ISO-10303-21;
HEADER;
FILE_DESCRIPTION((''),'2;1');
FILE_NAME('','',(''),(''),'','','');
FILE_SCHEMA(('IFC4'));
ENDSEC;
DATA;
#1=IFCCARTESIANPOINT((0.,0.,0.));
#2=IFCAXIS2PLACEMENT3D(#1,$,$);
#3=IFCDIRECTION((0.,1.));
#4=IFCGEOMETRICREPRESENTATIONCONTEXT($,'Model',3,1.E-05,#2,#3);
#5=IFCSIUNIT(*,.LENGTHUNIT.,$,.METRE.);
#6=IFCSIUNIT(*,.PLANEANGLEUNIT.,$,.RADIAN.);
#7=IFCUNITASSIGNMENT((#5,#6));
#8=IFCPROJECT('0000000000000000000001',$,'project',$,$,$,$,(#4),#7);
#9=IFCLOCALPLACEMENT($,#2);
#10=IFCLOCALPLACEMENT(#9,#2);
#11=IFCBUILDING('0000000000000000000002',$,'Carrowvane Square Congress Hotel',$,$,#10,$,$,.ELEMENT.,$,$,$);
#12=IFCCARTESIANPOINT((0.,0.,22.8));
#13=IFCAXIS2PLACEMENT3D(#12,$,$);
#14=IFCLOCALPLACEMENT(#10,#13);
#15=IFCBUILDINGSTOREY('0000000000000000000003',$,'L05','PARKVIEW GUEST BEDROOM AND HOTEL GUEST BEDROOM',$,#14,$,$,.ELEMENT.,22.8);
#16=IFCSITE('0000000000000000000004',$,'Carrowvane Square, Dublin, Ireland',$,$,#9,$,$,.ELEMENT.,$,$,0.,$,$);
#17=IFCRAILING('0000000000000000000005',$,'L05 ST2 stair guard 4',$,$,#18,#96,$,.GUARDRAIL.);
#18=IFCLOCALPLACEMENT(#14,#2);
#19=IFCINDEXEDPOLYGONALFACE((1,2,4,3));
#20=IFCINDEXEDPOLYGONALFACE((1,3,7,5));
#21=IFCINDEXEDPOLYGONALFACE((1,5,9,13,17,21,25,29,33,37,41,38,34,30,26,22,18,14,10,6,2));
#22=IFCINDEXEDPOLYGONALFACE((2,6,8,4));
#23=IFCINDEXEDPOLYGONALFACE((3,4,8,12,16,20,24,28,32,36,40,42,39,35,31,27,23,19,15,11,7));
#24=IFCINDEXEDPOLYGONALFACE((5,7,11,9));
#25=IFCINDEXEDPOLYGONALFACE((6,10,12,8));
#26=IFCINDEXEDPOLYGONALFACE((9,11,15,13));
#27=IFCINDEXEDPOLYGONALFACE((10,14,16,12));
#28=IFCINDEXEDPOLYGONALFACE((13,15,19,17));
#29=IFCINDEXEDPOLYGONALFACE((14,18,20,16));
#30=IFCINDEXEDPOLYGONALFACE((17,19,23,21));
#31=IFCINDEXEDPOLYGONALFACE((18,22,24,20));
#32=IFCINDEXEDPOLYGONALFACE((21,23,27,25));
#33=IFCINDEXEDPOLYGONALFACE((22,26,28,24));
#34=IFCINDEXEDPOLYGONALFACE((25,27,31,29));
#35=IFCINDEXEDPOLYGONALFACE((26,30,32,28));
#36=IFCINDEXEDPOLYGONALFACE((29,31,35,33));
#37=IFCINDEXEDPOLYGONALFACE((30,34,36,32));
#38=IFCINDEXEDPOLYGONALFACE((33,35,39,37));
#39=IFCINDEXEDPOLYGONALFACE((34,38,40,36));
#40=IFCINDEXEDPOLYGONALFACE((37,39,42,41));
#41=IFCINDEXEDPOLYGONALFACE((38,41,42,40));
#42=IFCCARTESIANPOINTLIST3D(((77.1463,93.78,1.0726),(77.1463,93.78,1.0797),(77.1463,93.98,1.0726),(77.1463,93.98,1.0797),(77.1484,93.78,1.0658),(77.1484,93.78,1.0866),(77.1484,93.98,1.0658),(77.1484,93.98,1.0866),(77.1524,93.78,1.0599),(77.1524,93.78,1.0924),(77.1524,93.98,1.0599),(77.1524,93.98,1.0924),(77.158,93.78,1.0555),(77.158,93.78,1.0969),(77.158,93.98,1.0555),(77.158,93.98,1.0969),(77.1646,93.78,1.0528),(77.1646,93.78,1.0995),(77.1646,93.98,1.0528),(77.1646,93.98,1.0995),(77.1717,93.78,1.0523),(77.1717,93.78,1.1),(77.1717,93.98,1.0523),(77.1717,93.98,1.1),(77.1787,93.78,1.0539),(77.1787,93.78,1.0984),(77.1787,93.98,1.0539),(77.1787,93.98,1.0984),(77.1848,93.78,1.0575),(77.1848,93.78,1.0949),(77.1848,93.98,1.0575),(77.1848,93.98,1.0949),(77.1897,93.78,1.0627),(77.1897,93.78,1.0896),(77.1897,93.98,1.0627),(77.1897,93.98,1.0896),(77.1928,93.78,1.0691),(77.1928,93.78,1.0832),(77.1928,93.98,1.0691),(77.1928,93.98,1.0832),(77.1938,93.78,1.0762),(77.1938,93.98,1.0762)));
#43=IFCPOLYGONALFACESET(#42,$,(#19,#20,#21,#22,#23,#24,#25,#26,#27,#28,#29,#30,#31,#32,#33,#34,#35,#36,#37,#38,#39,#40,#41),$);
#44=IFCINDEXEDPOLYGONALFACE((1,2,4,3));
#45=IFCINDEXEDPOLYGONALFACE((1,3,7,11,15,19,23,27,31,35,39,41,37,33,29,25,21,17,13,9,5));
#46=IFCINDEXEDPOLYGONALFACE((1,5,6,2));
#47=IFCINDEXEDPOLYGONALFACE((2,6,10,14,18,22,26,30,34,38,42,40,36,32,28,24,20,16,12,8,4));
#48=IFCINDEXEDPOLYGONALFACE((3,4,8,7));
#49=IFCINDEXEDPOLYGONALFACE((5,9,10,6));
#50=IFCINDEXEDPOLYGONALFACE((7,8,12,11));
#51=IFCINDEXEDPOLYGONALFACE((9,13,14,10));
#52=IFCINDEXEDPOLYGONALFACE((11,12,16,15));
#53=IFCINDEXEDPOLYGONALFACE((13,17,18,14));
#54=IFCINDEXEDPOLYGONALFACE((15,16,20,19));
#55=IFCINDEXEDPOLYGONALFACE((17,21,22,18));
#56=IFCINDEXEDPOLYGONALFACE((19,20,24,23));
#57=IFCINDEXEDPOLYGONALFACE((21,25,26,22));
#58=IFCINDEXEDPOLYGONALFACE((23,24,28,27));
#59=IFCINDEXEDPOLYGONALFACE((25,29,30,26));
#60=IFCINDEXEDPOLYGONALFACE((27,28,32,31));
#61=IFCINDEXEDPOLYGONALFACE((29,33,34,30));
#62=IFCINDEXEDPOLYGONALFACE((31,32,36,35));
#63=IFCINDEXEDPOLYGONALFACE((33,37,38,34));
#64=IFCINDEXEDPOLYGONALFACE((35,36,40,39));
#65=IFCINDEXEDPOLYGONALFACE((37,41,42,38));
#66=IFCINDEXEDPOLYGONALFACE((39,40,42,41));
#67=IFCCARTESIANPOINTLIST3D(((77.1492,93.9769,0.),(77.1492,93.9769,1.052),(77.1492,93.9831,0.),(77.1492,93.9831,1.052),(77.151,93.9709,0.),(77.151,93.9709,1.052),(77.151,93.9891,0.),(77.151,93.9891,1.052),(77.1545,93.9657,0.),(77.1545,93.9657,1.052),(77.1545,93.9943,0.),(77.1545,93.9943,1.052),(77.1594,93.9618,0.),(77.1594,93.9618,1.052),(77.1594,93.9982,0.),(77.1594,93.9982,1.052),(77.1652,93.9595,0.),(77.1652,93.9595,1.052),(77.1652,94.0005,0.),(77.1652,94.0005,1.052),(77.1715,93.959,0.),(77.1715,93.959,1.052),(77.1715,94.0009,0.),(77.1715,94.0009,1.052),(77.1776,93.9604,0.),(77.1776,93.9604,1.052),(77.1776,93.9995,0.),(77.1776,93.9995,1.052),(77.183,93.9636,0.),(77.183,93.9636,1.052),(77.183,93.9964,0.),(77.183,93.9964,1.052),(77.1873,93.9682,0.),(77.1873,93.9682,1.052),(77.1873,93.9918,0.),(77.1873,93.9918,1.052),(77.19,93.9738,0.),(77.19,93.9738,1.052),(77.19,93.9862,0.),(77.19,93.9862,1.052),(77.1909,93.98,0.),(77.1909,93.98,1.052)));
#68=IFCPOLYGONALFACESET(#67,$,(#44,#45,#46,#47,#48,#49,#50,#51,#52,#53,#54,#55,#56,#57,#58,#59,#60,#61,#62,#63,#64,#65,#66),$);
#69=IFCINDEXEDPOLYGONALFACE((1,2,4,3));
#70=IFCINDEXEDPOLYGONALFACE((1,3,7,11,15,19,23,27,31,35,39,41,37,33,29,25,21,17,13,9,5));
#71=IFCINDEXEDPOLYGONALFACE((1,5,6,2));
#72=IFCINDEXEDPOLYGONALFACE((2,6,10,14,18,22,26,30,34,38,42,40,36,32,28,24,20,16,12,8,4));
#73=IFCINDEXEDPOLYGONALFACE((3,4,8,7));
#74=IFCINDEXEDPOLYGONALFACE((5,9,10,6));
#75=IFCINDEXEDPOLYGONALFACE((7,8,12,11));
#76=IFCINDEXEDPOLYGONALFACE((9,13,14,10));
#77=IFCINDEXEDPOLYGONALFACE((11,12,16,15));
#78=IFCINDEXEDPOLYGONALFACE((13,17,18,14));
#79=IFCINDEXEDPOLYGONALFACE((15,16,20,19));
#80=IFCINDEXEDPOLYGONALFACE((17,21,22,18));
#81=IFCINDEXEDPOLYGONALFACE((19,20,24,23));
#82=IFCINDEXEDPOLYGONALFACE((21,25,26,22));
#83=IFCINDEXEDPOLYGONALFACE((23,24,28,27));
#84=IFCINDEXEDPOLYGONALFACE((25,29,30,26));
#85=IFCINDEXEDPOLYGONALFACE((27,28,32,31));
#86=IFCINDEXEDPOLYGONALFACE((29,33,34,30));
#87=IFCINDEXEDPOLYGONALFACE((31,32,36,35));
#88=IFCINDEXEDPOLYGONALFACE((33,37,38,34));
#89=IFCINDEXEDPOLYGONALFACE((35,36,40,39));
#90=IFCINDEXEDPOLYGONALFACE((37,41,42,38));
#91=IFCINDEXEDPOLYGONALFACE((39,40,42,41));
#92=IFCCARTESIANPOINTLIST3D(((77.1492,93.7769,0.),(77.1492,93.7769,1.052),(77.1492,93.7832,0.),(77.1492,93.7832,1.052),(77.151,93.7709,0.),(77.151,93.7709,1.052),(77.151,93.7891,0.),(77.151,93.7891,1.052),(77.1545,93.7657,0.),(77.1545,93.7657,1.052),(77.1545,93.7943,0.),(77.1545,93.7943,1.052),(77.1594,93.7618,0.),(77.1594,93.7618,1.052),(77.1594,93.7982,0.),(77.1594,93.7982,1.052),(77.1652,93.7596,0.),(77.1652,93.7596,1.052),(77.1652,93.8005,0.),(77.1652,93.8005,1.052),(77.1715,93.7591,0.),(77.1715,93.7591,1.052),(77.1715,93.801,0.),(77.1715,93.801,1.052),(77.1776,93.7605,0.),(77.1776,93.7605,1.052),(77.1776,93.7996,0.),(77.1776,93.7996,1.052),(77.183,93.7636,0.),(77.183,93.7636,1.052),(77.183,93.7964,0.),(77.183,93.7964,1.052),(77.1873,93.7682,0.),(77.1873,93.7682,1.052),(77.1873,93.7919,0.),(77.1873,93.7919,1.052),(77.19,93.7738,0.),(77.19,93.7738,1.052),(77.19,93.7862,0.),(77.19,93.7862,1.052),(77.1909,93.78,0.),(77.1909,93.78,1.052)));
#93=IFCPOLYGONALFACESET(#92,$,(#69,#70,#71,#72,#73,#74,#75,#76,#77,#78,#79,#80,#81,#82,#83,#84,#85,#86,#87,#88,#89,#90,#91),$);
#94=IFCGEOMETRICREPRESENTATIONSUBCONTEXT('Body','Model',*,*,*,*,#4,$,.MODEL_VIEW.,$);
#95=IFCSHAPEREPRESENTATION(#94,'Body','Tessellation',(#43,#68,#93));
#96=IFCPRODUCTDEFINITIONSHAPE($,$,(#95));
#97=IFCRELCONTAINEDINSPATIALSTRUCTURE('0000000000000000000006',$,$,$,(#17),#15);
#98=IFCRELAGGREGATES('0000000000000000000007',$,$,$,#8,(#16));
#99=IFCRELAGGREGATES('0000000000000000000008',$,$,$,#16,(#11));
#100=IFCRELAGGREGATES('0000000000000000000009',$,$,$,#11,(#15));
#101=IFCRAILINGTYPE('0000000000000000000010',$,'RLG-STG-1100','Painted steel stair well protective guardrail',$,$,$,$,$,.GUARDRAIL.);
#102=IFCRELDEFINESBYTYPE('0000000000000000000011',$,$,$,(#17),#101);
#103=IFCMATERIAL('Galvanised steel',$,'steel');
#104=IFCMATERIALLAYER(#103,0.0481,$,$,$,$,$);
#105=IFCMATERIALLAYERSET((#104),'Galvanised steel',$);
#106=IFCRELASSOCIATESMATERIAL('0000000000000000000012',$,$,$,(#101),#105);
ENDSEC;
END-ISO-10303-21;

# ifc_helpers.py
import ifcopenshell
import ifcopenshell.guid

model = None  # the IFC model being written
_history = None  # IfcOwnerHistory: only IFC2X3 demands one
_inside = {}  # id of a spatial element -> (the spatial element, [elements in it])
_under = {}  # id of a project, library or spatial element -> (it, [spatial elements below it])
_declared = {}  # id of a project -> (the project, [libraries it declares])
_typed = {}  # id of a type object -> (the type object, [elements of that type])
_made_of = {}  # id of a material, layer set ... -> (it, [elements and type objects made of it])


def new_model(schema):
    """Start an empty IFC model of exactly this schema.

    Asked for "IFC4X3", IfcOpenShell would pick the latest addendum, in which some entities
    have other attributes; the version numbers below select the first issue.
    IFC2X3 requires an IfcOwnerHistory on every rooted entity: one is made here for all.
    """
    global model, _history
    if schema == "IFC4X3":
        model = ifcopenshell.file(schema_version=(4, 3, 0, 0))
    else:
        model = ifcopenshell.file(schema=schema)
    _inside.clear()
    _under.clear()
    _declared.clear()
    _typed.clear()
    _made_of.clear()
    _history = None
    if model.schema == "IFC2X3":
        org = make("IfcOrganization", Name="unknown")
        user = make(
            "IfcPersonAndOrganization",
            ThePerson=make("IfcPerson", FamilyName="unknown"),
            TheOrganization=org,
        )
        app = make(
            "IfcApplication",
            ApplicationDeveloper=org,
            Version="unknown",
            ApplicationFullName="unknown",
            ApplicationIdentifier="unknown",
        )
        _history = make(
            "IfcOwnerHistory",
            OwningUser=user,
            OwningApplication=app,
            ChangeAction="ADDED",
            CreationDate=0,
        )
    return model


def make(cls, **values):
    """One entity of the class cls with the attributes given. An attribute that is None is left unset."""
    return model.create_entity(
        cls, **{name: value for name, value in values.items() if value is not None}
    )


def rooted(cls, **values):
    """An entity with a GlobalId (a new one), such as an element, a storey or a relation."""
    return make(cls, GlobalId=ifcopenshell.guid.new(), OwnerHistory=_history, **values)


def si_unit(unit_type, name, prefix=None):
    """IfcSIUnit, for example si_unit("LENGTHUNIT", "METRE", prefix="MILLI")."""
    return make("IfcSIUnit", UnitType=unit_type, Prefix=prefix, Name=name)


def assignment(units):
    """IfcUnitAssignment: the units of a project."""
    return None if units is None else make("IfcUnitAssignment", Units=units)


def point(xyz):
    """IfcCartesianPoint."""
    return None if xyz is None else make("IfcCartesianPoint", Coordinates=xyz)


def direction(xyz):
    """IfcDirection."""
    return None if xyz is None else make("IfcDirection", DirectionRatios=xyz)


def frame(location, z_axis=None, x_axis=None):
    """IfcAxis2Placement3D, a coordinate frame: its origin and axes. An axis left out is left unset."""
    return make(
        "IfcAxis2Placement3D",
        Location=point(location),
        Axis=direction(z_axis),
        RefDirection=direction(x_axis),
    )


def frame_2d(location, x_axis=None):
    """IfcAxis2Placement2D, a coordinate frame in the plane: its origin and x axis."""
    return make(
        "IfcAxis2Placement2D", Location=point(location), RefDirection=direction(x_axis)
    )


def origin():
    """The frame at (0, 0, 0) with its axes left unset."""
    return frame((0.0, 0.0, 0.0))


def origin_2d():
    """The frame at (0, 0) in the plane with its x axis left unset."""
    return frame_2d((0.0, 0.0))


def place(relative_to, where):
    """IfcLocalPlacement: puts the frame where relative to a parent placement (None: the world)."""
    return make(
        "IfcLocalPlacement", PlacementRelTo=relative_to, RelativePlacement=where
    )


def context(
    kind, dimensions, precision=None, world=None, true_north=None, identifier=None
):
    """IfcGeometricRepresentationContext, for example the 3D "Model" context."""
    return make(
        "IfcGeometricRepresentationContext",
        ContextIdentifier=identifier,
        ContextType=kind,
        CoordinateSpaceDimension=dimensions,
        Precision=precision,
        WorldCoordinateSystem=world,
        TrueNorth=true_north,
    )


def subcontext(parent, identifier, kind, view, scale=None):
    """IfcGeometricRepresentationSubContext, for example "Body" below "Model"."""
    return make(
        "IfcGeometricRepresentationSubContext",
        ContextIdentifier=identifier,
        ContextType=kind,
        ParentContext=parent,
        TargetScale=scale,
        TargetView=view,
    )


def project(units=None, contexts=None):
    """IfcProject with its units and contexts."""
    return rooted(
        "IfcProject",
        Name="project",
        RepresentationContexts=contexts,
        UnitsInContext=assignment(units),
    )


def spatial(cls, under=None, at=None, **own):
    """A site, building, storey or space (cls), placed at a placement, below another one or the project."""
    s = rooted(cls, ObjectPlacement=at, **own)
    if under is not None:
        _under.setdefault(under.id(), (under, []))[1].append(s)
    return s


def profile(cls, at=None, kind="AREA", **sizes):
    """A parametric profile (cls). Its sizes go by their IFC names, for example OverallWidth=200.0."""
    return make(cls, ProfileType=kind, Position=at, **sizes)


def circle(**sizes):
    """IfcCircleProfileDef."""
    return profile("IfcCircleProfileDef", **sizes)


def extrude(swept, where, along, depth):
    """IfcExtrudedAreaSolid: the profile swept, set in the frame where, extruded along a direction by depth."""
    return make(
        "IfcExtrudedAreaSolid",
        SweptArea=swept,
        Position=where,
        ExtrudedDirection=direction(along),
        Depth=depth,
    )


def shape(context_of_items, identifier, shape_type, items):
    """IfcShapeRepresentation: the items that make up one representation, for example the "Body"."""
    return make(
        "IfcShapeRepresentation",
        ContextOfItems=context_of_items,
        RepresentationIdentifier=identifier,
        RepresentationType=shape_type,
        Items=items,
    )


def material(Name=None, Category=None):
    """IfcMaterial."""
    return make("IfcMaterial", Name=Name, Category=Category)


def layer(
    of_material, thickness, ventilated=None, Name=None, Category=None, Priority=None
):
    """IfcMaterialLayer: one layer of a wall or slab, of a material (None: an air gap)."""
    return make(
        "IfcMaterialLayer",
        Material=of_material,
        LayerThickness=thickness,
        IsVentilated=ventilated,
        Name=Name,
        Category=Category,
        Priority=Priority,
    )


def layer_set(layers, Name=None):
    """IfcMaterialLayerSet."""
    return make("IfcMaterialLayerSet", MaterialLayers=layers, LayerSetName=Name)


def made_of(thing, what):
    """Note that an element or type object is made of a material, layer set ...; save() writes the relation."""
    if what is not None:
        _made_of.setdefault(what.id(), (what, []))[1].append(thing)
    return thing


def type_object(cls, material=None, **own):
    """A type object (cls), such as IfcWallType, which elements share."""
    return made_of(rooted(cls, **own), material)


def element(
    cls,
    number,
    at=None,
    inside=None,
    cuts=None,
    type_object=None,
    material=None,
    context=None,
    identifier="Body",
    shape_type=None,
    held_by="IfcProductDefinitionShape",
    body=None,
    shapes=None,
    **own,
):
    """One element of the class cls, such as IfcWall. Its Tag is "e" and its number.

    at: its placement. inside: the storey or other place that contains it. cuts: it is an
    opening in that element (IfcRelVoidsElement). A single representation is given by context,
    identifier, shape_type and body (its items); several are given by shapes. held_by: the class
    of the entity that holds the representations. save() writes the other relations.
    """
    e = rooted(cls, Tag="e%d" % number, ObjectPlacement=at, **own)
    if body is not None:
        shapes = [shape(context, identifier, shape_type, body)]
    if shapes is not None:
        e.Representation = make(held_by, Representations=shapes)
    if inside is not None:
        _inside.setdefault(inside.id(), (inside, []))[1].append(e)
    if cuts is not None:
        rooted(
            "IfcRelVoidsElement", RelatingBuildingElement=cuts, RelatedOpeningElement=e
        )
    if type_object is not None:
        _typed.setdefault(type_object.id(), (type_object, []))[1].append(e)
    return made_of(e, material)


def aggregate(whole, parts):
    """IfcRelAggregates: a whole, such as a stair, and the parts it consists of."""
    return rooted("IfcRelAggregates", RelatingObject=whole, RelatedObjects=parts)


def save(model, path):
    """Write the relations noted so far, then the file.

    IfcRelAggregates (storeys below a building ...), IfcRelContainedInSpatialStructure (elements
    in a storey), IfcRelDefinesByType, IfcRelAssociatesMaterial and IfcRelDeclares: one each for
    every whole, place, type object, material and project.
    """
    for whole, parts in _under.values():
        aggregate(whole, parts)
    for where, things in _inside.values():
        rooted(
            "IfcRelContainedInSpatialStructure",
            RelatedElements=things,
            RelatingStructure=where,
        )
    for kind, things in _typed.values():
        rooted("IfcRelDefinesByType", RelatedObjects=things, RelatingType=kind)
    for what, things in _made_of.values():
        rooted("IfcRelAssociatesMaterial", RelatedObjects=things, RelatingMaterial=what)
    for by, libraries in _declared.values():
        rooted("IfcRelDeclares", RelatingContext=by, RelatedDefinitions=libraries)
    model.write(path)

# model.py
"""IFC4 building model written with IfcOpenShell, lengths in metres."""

from ifc_helpers import new_model, si_unit, direction, frame, origin, origin_2d, place, context, subcontext, project, spatial, circle, extrude, material, layer, layer_set, type_object, element, save


model = new_model("IFC4")

# Units and contexts
model_context = context("Model", 3, precision=1e-05, world=origin(), true_north=direction((0.0, 1.0)))
body_context = subcontext(model_context, "Body", "Model", "MODEL_VIEW")
ifc_project = project(units=[si_unit("LENGTHUNIT", "METRE"), si_unit("PLANEANGLEUNIT", "RADIAN")], contexts=[model_context])

# Site, building, storey
site_placement = place(None, origin())
site = spatial("IfcSite", under=ifc_project, at=site_placement, Name="Carrowvane Square, Dublin, Ireland", CompositionType="ELEMENT", RefElevation=0.0)
building_placement = place(site_placement, origin())
building = spatial("IfcBuilding", under=site, at=building_placement, Name="Carrowvane Square Congress Hotel", CompositionType="ELEMENT")
storey_placement = place(building_placement, frame((0.0, 0.0, 22.8)))
storey = spatial("IfcBuildingStorey", under=building, at=storey_placement, Name="L05", Description="PARKVIEW GUEST BEDROOM AND HOTEL GUEST BEDROOM", CompositionType="ELEMENT", Elevation=22.8)

# Railing
ifc_material_1 = material(Name="Galvanised steel", Category="steel")
ifc_layer_1 = layer(ifc_material_1, 0.0481)
ifc_layer_set_1 = layer_set([ifc_layer_1], Name="Galvanised steel")
railing_type_1 = type_object("IfcRailingType", Name="RLG-STG-1100", Description="Painted steel stair well protective guardrail", PredefinedType="GUARDRAIL", material=ifc_layer_set_1)
railing_1_placement = place(storey_placement, frame((77.1699, 93.98, 0.0)))
element("IfcRailing", 1, at=railing_1_placement, inside=storey, type_object=railing_type_1, Name="L05 ST2 stair guard 4", PredefinedType="GUARDRAIL", context=body_context, shape_type="SweptSolid", body=[
    extrude(circle(Radius=0.0239, at=origin_2d()), frame((0.0, 0.0, 1.0762), z_axis=(0.0, -1.0, 0.0), x_axis=(1.0, 0.0, 0.0)), (0.0, 0.0, 1.0), 0.2),
    extrude(circle(Radius=0.021, at=origin_2d()), origin(), (0.0, 0.0, 1.0), 1.052),
    extrude(circle(Radius=0.021, at=origin_2d()), frame((0.0, -0.2, 0.0)), (0.0, 0.0, 1.0), 1.052),
])

save(model, "model.ifc")
